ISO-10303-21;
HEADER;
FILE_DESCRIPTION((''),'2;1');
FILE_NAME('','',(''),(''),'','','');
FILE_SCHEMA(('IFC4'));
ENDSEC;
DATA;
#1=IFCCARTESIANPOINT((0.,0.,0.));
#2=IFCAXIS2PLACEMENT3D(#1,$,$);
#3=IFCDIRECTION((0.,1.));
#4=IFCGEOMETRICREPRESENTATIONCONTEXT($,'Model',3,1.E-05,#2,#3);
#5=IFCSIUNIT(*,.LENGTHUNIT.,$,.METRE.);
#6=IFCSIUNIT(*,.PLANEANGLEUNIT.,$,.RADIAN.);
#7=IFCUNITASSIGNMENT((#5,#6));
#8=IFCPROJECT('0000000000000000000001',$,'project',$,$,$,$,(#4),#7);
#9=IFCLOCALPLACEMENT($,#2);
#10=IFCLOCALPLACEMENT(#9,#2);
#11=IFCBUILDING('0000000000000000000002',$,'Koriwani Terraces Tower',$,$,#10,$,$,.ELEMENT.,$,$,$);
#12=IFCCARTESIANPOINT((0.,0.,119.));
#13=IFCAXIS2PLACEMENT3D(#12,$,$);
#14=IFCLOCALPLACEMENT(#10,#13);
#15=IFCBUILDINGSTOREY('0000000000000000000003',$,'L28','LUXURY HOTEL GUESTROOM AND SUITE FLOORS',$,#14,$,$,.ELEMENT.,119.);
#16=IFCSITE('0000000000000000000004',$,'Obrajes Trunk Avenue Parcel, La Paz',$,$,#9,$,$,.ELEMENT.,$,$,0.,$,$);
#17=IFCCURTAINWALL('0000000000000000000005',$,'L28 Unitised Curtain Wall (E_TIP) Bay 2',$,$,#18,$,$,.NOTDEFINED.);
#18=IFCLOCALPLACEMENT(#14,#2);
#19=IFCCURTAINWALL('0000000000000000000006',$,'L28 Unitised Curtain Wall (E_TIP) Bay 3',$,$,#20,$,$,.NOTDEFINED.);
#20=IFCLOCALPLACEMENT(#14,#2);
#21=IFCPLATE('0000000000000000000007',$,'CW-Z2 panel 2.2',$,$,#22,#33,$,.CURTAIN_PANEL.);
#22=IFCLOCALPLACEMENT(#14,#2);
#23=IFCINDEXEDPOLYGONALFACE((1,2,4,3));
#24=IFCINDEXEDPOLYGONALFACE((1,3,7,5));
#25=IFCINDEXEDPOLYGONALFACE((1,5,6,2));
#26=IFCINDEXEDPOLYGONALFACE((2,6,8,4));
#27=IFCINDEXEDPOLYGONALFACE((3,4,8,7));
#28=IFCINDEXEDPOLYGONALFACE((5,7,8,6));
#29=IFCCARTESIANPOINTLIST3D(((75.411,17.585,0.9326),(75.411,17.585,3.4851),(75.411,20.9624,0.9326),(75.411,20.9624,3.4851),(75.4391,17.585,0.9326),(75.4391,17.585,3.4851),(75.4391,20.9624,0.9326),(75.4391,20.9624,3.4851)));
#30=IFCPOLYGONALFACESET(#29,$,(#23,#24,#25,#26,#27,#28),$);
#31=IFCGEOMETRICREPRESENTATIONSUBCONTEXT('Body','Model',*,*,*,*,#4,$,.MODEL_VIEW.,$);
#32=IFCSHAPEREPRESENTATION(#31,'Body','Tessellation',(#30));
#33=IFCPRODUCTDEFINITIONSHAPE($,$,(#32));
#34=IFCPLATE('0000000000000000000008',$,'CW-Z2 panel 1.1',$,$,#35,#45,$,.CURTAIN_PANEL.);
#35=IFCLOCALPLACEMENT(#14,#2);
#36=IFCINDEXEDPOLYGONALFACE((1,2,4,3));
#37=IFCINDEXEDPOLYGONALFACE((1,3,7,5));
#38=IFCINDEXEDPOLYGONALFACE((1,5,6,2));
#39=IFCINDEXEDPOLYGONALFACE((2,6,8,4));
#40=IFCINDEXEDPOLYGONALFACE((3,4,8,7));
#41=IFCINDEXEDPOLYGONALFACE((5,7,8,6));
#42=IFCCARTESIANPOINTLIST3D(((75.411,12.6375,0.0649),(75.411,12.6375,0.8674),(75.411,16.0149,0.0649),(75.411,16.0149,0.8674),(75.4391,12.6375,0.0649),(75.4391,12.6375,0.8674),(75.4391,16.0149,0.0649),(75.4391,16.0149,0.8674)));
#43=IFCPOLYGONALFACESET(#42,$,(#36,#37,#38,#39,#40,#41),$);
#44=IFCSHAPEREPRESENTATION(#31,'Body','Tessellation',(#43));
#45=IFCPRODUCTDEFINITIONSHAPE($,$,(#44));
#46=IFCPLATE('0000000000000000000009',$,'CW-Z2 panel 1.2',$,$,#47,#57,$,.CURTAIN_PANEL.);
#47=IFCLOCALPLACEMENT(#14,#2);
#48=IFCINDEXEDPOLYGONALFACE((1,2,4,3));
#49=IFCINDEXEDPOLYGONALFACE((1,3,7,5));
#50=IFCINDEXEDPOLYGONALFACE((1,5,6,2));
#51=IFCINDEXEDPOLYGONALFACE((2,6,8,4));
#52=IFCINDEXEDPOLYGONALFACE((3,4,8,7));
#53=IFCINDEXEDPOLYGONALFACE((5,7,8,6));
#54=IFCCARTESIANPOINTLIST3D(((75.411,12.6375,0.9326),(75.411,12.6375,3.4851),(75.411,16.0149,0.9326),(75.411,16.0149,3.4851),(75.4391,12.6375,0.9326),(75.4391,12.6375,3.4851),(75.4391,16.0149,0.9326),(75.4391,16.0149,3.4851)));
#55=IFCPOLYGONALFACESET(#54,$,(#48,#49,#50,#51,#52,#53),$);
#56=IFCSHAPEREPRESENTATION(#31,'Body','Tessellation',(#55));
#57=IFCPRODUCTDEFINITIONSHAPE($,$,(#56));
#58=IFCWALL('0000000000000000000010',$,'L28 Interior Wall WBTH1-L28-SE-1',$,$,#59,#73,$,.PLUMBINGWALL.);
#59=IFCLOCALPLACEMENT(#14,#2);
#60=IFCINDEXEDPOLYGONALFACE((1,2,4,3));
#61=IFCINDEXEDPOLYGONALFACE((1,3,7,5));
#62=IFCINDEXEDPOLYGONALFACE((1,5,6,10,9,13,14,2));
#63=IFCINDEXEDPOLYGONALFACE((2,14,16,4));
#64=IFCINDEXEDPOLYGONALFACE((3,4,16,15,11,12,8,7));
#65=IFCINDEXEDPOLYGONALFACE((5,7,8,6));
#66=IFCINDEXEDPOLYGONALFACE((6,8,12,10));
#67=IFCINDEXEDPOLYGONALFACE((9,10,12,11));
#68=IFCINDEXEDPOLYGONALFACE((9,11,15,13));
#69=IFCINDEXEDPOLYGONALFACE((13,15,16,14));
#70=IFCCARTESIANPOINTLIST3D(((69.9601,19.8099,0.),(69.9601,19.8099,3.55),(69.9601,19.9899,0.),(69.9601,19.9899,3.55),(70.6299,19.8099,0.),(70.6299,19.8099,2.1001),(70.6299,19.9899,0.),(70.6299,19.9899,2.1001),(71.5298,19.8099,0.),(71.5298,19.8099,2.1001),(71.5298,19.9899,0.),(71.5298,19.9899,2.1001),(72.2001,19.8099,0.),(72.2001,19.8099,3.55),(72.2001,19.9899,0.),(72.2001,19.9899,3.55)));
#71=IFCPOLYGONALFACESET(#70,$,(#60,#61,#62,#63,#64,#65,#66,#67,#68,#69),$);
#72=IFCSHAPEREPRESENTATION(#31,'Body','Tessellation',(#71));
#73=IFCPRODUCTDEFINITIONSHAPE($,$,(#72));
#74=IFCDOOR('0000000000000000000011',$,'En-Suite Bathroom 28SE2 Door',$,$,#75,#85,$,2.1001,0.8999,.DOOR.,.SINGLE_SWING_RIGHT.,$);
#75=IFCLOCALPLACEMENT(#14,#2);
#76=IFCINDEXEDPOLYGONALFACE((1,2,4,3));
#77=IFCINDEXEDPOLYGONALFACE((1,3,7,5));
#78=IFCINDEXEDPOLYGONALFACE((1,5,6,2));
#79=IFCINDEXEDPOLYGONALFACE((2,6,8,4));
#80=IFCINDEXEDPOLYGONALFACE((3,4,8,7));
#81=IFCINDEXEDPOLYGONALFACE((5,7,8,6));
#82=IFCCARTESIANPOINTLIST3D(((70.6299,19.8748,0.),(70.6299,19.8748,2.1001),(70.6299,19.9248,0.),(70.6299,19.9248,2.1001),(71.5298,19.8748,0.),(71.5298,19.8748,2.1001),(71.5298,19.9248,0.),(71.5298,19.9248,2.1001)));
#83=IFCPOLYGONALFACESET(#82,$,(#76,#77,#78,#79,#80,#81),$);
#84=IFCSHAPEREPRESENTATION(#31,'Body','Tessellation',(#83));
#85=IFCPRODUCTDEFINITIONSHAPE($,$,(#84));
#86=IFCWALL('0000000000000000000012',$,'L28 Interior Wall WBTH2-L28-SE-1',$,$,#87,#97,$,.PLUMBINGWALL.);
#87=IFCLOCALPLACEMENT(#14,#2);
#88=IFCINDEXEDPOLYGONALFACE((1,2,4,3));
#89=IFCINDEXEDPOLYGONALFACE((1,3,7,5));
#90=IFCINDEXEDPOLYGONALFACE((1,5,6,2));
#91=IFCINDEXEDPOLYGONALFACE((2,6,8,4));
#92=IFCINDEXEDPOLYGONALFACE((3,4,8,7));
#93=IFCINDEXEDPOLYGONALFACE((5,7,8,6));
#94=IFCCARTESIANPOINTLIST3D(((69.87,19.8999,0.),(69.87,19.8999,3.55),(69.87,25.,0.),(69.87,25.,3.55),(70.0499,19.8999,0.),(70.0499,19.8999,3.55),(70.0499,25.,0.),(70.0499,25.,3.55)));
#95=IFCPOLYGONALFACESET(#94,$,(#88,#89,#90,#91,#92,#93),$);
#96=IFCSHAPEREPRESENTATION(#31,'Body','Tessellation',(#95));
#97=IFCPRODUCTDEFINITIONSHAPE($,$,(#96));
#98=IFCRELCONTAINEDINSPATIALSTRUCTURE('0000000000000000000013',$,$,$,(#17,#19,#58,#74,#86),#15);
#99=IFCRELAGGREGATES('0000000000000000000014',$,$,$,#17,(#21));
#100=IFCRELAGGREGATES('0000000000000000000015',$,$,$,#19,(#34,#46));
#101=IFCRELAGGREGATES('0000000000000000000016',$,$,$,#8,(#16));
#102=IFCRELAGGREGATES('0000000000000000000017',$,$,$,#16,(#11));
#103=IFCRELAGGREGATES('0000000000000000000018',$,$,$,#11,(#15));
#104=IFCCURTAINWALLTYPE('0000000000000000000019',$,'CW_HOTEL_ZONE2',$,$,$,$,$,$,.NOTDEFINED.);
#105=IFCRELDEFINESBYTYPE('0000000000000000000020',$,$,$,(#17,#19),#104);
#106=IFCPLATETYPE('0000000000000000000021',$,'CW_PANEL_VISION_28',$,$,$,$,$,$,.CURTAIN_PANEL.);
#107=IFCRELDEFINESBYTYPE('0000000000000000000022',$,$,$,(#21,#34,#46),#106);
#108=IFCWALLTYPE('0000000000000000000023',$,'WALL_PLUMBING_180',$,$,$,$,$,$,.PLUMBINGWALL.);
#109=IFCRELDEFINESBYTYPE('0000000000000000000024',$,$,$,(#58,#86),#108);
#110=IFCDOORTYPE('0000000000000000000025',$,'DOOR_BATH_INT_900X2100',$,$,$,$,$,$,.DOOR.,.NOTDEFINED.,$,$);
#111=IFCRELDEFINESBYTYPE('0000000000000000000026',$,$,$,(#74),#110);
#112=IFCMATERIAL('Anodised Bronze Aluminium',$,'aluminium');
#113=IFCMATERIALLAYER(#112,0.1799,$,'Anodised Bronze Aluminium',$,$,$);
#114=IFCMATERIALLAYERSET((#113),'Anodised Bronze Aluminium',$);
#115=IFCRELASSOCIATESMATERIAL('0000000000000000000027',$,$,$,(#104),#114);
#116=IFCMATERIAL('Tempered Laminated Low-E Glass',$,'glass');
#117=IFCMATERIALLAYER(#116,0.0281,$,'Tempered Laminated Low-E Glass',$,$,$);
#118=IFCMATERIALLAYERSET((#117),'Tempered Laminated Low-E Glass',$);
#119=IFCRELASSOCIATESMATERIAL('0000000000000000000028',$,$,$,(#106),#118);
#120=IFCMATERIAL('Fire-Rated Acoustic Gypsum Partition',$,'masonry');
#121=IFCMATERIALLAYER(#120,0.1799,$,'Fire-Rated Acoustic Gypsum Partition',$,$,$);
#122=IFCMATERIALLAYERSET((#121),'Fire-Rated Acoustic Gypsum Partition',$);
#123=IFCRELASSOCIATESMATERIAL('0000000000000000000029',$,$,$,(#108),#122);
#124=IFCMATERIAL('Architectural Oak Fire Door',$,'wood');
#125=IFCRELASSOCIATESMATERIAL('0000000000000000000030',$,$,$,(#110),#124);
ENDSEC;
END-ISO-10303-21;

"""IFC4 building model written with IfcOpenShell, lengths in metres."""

from ifc_helpers import new_model, si_unit, direction, frame, frame_2d, origin, origin_2d, place, context, subcontext, project, spatial, rectangle, extrude, material, layer, layer_set, type_object, element, fill, aggregate, save


model = new_model("IFC4")

# Units and contexts
model_context = context("Model", 3, precision=1e-05, world=origin(), true_north=direction((0.0, 1.0)))
body_context = subcontext(model_context, "Body", "Model", "MODEL_VIEW")
ifc_project = project(units=[si_unit("LENGTHUNIT", "METRE"), si_unit("PLANEANGLEUNIT", "RADIAN")], contexts=[model_context])

# Site, building, storey
site_placement = place(None, origin())
site = spatial("IfcSite", under=ifc_project, at=site_placement, Name="Obrajes Trunk Avenue Parcel, La Paz", CompositionType="ELEMENT", RefElevation=0.0)
building_placement = place(site_placement, origin())
building = spatial("IfcBuilding", under=site, at=building_placement, Name="Koriwani Terraces Tower", CompositionType="ELEMENT")
storey_placement = place(building_placement, frame((0.0, 0.0, 119.0)))
storey = spatial("IfcBuildingStorey", under=building, at=storey_placement, Name="L28", Description="LUXURY HOTEL GUESTROOM AND SUITE FLOORS", CompositionType="ELEMENT", Elevation=119.0)

# Curtain walls
ifc_material_1 = material(Name="Anodised Bronze Aluminium", Category="aluminium")
ifc_layer_1 = layer(ifc_material_1, 0.1799, Name="Anodised Bronze Aluminium")
ifc_layer_set_1 = layer_set([ifc_layer_1], Name="Anodised Bronze Aluminium")
curtain_wall_type = type_object("IfcCurtainWallType", Name="CW_HOTEL_ZONE2", PredefinedType="NOTDEFINED", material=ifc_layer_set_1)
curtain_wall_1_placement = place(storey_placement, origin())
curtain_wall_1 = element("IfcCurtainWall", 1, at=curtain_wall_1_placement, inside=storey, type_object=curtain_wall_type, Name="L28 Unitised Curtain Wall (E_TIP) Bay 2", PredefinedType="NOTDEFINED")
curtain_wall_2_placement = place(storey_placement, origin())
curtain_wall_2 = element("IfcCurtainWall", 2, at=curtain_wall_2_placement, inside=storey, type_object=curtain_wall_type, Name="L28 Unitised Curtain Wall (E_TIP) Bay 3", PredefinedType="NOTDEFINED")

# Plates
ifc_material_2 = material(Name="Tempered Laminated Low-E Glass", Category="glass")
ifc_layer_2 = layer(ifc_material_2, 0.0281, Name="Tempered Laminated Low-E Glass")
ifc_layer_set_2 = layer_set([ifc_layer_2], Name="Tempered Laminated Low-E Glass")
plate_type = type_object("IfcPlateType", Name="CW_PANEL_VISION_28", PredefinedType="CURTAIN_PANEL", material=ifc_layer_set_2)
plate_1_placement = place(storey_placement, frame((75.425, 19.2737, 0.9326), z_axis=(0.0, 0.0, 1.0), x_axis=(0.0, -1.0, 0.0)))
plate_1 = element("IfcPlate", 3, at=plate_1_placement, type_object=plate_type, Name="CW-Z2 panel 2.2", PredefinedType="CURTAIN_PANEL", context=body_context, shape_type="SweptSolid", body=[
    extrude(rectangle(XDim=3.3774, YDim=0.0281, at=origin_2d()), origin(), (0.0, 0.0, 1.0), 2.5525),
])
aggregate(curtain_wall_1, [plate_1])
plate_2_placement = place(storey_placement, frame((75.425, 14.3262, 0.0649), z_axis=(0.0, 0.0, 1.0), x_axis=(0.0, -1.0, 0.0)))
plate_2 = element("IfcPlate", 4, at=plate_2_placement, type_object=plate_type, Name="CW-Z2 panel 1.1", PredefinedType="CURTAIN_PANEL", context=body_context, shape_type="SweptSolid", body=[
    extrude(rectangle(XDim=3.3774, YDim=0.0281, at=origin_2d()), origin(), (0.0, 0.0, 1.0), 0.8025),
])
plate_3_placement = place(storey_placement, frame((75.425, 14.3262, 0.9326), z_axis=(0.0, 0.0, 1.0), x_axis=(0.0, -1.0, 0.0)))
plate_3 = element("IfcPlate", 5, at=plate_3_placement, type_object=plate_type, Name="CW-Z2 panel 1.2", PredefinedType="CURTAIN_PANEL", context=body_context, shape_type="SweptSolid", body=[
    extrude(rectangle(XDim=3.3774, YDim=0.0281, at=origin_2d()), origin(), (0.0, 0.0, 1.0), 2.5525),
])
aggregate(curtain_wall_2, [plate_2, plate_3])

# Wall, opening, door
ifc_material_3 = material(Name="Fire-Rated Acoustic Gypsum Partition", Category="masonry")
ifc_layer_3 = layer(ifc_material_3, 0.1799, Name="Fire-Rated Acoustic Gypsum Partition")
ifc_layer_set_3 = layer_set([ifc_layer_3], Name="Fire-Rated Acoustic Gypsum Partition")
wall_type = type_object("IfcWallType", Name="WALL_PLUMBING_180", PredefinedType="PLUMBINGWALL", material=ifc_layer_set_3)
wall_1_placement = place(storey_placement, frame((69.96, 19.8999, 0.0), z_axis=(0.0, 0.0, 1.0), x_axis=(1.0, 0.0, 0.0)))
wall_1 = element("IfcWall", 6, at=wall_1_placement, inside=storey, type_object=wall_type, Name="L28 Interior Wall WBTH1-L28-SE-1", PredefinedType="PLUMBINGWALL", context=body_context, shape_type="SweptSolid", body=[
    extrude(rectangle(XDim=2.24, YDim=0.1799, at=frame_2d((1.1201, 0.0))), origin(), (0.0, 0.0, 1.0), 3.55),
])
opening_placement = place(wall_1_placement, frame((0.6699, 0.0, 0.0)))
opening = element("IfcOpeningElement", 7, at=opening_placement, cuts=wall_1, PredefinedType="OPENING", context=body_context, shape_type="SweptSolid", body=[
    extrude(rectangle(XDim=0.8999, YDim=2.1001, at=frame_2d((0.45, 1.05))), frame((0.0, 0.1001, 0.0), z_axis=(0.0, -1.0, 0.0), x_axis=(1.0, 0.0, 0.0)), (0.0, 0.0, 1.0), 0.2),
])
ifc_material_4 = material(Name="Architectural Oak Fire Door", Category="wood")
door_type = type_object("IfcDoorType", Name="DOOR_BATH_INT_900X2100", OperationType="NOTDEFINED", PredefinedType="DOOR", material=ifc_material_4)
door_placement = place(opening_placement, origin())
door = element("IfcDoor", 8, at=door_placement, inside=storey, type_object=door_type, Name="En-Suite Bathroom 28SE2 Door", OperationType="SINGLE_SWING_RIGHT", OverallHeight=2.1001, OverallWidth=0.8999, PredefinedType="DOOR", context=body_context, shape_type="SweptSolid", body=[
    extrude(rectangle(XDim=0.8999, YDim=2.1001, at=frame_2d((0.45, 1.05))), frame((0.0, 0.0249, 0.0), z_axis=(0.0, -1.0, 0.0), x_axis=(1.0, 0.0, 0.0)), (0.0, 0.0, 1.0), 0.05),
])
fill(opening, door)

# Wall
wall_2_placement = place(storey_placement, frame((69.96, 19.8999, 0.0), z_axis=(0.0, 0.0, 1.0), x_axis=(0.0, 1.0, 0.0)))
element("IfcWall", 9, at=wall_2_placement, inside=storey, type_object=wall_type, Name="L28 Interior Wall WBTH2-L28-SE-1", PredefinedType="PLUMBINGWALL", context=body_context, shape_type="SweptSolid", body=[
    extrude(rectangle(XDim=5.1001, YDim=0.1799, at=frame_2d((2.55, 0.0))), origin(), (0.0, 0.0, 1.0), 3.55),
])

save(model, "model.ifc")
